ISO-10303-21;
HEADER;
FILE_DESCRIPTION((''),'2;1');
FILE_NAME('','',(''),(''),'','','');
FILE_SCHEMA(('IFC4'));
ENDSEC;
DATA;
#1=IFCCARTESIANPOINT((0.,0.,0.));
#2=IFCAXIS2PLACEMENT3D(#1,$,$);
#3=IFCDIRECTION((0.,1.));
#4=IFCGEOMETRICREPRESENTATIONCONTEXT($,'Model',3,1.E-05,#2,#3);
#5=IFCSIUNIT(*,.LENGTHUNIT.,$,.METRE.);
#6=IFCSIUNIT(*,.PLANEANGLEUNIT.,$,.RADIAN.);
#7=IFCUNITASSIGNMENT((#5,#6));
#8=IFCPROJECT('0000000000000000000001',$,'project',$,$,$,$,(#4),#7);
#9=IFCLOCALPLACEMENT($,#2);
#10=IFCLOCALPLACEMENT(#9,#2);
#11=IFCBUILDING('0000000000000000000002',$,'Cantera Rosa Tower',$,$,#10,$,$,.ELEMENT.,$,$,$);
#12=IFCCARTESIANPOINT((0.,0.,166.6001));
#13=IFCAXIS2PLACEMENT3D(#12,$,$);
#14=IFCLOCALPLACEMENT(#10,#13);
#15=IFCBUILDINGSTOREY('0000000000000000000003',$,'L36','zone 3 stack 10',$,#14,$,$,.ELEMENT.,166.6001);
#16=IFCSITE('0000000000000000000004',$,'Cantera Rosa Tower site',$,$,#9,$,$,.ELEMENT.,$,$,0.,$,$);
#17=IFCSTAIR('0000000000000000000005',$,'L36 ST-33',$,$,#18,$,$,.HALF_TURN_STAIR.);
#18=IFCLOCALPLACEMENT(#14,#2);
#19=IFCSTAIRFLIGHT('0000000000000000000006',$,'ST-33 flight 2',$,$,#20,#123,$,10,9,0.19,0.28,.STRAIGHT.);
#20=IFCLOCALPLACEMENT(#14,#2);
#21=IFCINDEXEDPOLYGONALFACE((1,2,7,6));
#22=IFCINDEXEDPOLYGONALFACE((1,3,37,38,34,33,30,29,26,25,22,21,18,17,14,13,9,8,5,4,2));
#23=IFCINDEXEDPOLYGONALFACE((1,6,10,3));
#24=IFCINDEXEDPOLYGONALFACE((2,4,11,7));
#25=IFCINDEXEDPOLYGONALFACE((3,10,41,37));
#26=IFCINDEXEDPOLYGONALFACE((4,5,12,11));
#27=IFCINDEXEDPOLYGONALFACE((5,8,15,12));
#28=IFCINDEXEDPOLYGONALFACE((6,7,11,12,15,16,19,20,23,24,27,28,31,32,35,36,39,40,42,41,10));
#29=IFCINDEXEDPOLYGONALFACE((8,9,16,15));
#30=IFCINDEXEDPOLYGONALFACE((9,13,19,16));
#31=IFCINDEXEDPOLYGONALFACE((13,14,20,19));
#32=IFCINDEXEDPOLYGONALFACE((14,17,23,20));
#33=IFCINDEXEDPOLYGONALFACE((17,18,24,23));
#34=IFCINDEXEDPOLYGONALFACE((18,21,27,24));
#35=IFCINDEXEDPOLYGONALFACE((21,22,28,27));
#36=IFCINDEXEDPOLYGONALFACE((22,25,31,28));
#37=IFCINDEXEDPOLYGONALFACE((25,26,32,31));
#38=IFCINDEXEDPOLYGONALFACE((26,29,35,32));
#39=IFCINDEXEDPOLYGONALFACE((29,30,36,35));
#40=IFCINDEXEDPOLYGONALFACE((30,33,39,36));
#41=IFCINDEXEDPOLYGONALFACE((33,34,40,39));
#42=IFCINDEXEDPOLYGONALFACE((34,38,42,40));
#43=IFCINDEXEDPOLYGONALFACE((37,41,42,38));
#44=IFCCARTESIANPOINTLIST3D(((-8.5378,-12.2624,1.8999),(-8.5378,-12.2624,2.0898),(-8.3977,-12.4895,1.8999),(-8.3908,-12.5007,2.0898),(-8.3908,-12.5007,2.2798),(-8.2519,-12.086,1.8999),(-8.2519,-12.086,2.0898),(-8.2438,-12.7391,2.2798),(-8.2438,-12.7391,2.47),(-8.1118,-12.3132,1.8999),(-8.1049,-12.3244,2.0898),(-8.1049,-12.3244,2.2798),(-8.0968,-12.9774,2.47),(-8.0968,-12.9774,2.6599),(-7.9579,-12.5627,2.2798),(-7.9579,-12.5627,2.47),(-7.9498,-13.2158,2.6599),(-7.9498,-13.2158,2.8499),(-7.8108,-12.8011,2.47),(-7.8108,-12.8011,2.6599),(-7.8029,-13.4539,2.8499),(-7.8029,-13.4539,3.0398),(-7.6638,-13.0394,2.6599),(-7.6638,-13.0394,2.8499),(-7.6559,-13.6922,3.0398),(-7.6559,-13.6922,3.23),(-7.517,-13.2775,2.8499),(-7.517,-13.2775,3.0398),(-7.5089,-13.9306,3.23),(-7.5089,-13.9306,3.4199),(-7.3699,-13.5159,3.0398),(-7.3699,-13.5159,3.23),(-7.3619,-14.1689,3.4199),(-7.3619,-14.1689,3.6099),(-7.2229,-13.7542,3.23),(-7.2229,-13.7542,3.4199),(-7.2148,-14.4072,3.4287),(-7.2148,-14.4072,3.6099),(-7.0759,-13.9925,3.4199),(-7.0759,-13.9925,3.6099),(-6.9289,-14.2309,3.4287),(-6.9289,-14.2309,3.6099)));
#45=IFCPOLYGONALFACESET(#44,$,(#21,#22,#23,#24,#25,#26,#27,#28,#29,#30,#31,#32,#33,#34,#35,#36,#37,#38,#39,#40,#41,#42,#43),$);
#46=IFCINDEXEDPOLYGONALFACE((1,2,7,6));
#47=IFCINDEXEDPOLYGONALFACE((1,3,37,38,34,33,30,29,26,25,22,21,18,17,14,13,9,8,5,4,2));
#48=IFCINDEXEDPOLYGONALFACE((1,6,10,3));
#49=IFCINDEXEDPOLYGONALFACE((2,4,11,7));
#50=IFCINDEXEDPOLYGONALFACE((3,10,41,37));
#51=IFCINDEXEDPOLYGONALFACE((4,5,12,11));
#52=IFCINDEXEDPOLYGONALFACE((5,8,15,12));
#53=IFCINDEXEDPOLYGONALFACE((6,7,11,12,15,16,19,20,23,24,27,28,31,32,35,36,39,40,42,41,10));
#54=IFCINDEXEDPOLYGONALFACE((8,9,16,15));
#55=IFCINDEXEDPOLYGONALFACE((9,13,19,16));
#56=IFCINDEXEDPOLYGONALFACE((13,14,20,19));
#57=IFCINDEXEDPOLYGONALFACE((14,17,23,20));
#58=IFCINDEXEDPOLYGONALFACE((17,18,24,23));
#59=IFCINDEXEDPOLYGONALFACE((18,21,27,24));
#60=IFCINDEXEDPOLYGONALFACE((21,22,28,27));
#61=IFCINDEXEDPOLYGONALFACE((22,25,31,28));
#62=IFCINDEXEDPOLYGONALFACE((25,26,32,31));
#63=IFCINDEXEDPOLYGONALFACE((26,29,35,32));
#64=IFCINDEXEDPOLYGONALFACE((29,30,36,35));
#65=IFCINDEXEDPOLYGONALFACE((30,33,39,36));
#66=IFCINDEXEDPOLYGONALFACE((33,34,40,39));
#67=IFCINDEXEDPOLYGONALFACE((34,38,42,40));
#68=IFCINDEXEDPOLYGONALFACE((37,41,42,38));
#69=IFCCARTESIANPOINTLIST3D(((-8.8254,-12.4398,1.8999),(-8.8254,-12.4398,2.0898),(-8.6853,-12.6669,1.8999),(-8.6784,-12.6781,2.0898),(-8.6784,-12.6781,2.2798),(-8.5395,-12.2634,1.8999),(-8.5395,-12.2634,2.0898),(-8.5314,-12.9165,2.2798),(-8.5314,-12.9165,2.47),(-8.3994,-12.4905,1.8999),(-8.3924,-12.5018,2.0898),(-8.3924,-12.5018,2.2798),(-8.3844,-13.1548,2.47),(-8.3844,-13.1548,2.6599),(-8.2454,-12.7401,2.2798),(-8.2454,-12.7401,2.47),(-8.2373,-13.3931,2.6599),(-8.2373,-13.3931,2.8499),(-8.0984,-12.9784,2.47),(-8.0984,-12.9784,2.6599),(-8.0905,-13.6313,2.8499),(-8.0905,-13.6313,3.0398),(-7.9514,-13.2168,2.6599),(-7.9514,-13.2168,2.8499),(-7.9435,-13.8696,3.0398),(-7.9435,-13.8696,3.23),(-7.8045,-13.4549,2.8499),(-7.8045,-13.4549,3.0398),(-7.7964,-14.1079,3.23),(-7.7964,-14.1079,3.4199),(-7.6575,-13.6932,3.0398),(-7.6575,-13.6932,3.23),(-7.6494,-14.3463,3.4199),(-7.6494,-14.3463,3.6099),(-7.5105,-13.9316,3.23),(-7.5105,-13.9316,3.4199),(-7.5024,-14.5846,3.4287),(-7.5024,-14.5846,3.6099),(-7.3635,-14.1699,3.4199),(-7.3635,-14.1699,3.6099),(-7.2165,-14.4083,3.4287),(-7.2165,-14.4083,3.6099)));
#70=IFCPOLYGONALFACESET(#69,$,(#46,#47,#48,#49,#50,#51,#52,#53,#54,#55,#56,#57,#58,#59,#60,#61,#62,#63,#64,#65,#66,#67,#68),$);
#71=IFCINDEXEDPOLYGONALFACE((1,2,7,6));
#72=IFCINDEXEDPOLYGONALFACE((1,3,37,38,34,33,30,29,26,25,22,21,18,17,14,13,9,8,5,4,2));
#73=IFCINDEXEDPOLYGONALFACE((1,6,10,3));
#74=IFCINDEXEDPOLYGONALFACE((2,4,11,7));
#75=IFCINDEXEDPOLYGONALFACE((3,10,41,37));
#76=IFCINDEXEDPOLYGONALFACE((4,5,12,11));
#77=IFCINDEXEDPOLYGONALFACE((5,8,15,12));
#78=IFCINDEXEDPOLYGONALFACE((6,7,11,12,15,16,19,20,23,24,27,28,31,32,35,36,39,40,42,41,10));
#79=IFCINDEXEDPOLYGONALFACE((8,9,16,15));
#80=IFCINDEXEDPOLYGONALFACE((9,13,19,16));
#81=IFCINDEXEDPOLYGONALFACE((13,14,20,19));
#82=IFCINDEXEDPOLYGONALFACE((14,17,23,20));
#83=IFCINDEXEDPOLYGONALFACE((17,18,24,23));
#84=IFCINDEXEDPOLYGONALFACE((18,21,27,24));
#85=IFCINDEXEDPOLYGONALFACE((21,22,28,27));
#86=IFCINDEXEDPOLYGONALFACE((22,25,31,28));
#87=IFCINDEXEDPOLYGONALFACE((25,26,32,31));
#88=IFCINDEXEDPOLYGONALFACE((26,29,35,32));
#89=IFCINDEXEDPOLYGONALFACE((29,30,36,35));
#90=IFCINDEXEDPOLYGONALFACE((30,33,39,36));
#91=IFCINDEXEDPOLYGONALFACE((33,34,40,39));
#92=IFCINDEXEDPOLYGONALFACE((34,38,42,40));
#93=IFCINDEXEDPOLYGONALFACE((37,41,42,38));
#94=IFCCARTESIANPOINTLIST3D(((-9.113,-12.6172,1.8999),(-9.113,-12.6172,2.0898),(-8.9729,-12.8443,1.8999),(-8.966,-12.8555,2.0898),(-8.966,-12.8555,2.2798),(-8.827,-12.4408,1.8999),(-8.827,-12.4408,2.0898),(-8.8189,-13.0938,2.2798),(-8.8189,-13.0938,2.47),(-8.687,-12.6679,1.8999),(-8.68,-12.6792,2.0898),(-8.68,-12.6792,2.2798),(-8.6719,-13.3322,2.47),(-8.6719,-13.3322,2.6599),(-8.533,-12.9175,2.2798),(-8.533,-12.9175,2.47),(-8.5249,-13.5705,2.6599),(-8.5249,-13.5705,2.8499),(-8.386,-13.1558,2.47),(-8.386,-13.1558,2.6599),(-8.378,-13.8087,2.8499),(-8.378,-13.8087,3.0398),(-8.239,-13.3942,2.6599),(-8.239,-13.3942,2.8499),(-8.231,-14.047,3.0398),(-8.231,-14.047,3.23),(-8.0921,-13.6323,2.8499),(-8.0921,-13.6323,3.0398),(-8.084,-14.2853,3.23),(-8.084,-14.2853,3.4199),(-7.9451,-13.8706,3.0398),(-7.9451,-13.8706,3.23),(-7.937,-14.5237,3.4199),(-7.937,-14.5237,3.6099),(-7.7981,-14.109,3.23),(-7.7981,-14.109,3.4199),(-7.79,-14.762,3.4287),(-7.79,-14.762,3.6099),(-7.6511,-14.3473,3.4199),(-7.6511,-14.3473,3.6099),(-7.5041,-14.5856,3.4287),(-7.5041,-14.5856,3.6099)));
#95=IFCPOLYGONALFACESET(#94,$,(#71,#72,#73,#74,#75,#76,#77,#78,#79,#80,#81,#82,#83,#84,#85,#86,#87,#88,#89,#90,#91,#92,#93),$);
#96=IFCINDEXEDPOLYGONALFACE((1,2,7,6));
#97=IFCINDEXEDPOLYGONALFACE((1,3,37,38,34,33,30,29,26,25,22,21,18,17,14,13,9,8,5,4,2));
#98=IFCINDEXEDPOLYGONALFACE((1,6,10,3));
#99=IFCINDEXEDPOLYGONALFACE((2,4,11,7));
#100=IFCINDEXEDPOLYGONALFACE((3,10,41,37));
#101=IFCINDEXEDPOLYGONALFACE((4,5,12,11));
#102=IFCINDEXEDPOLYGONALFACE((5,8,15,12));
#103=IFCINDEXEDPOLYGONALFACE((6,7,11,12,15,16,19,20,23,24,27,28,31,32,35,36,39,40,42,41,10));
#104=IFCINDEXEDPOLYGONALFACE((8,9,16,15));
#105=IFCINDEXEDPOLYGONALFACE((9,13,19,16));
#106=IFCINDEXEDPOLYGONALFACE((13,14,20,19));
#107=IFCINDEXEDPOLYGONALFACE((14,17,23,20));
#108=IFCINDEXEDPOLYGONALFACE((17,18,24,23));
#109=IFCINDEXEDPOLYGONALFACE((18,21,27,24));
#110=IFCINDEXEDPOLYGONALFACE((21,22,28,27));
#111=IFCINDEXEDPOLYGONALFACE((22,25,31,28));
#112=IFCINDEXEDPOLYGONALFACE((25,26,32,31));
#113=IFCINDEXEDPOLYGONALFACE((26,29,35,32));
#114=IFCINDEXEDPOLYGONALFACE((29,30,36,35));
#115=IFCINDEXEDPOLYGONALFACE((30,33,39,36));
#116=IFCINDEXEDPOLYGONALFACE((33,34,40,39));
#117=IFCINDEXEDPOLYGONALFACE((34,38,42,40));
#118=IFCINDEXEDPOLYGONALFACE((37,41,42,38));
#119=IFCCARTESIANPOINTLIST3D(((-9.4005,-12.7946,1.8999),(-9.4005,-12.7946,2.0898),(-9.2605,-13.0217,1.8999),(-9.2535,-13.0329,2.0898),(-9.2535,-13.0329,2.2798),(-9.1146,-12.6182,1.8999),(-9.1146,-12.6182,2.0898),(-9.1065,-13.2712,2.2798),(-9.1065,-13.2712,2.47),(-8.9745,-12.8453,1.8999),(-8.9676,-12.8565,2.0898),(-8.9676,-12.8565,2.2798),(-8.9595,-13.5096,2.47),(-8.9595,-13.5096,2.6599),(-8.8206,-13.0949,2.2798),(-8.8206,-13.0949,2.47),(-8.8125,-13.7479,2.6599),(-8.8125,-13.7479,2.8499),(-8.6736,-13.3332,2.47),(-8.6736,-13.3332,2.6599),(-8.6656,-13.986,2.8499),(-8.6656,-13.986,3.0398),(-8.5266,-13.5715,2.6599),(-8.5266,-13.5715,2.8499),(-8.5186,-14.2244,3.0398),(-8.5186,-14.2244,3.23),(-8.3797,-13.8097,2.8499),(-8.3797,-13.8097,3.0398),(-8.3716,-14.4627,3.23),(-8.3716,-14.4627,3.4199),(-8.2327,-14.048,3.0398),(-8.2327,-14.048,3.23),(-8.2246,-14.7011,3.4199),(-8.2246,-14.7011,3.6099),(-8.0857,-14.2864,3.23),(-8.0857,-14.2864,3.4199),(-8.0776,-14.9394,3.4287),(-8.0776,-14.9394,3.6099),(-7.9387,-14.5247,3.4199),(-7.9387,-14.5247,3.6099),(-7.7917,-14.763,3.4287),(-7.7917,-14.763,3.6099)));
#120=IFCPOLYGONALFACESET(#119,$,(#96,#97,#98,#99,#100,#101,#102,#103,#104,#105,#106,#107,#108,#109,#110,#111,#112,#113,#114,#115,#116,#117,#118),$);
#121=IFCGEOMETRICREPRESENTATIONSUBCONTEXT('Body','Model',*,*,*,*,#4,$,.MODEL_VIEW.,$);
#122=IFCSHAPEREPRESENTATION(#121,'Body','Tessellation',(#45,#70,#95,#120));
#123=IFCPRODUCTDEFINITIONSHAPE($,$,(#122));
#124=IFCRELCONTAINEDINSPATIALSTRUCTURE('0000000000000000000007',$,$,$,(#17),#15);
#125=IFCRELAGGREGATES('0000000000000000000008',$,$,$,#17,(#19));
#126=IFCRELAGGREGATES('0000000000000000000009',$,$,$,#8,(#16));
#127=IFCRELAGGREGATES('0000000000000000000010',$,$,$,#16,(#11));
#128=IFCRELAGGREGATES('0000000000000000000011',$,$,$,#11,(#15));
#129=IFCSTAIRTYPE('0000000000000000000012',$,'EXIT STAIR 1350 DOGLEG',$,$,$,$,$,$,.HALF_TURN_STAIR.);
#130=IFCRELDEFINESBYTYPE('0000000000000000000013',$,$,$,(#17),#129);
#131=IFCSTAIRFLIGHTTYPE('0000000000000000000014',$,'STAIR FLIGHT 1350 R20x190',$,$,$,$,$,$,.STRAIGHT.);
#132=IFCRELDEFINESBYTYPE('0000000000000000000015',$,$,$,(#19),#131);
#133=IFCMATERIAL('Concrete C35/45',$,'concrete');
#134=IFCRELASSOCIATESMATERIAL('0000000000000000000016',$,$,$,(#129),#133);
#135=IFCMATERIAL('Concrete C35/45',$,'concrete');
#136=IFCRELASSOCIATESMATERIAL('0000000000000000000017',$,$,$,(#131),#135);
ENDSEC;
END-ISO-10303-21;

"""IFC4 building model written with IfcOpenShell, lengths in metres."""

from ifc_helpers import new_model, si_unit, direction, frame, origin, place, context, subcontext, project, spatial, polyline, outline, extrude, material, type_object, element, aggregate, save


model = new_model("IFC4")

# Units and contexts
model_context = context("Model", 3, precision=1e-05, world=origin(), true_north=direction((0.0, 1.0)))
body_context = subcontext(model_context, "Body", "Model", "MODEL_VIEW")
ifc_project = project(units=[si_unit("LENGTHUNIT", "METRE"), si_unit("PLANEANGLEUNIT", "RADIAN")], contexts=[model_context])

# Site, building, storey
site_placement = place(None, origin())
site = spatial("IfcSite", under=ifc_project, at=site_placement, Name="Cantera Rosa Tower site", CompositionType="ELEMENT", RefElevation=0.0)
building_placement = place(site_placement, origin())
building = spatial("IfcBuilding", under=site, at=building_placement, Name="Cantera Rosa Tower", CompositionType="ELEMENT")
storey_placement = place(building_placement, frame((0.0, 0.0, 166.6001)))
storey = spatial("IfcBuildingStorey", under=building, at=storey_placement, Name="L36", Description="zone 3 stack 10", CompositionType="ELEMENT", Elevation=166.6001)

# Stair, stair flight
ifc_material_1 = material(Name="Concrete C35/45", Category="concrete")
stair_type = type_object("IfcStairType", Name="EXIT STAIR 1350 DOGLEG", PredefinedType="HALF_TURN_STAIR", material=ifc_material_1)
stair_placement = place(storey_placement, origin())
stair = element("IfcStair", 1, at=stair_placement, inside=storey, type_object=stair_type, Name="L36 ST-33", PredefinedType="HALF_TURN_STAIR")
ifc_material_2 = material(Name="Concrete C35/45", Category="concrete")
stair_flight_type = type_object("IfcStairFlightType", Name="STAIR FLIGHT 1350 R20x190", PredefinedType="STRAIGHT", material=ifc_material_2)
stair_flight_1_placement = place(storey_placement, frame((-8.8264, -12.4404, 1.8999), z_axis=(0.0, 0.0, 1.0), x_axis=(0.524977, -0.851117, 0.0)))
stair_flight_1 = element("IfcStairFlight", 2, at=stair_flight_1_placement, type_object=stair_flight_type, Name="ST-33 flight 2", NumberOfRisers=10, NumberOfTreads=9, PredefinedType="STRAIGHT", RiserHeight=0.19, TreadLength=0.28, context=body_context, shape_type="SweptSolid", body=[
    extrude(outline(polyline([(0.0, 0.0), (0.0, 0.1899), (0.28, 0.1899), (0.28, 0.3799), (0.5601, 0.3799), (0.5601, 0.5701), (0.8401, 0.5701), (0.8401, 0.76), (1.1201, 0.76), (1.1201, 0.95), (1.3999, 0.95), (1.3999, 1.1399), (1.6799, 1.1399), (1.6799, 1.3301), (1.96, 1.3301), (1.96, 1.52), (2.24, 1.52), (2.24, 1.71), (2.52, 1.71), (2.52, 1.8999), (2.52, 1.5288), (0.2668, 0.0), (0.0, 0.0)])), frame((0.0, 0.675, 0.0), z_axis=(0.0, -1.0, 0.0), x_axis=(1.0, 0.0, 0.0)), (0.0, 0.0, 1.0), 0.3359),
    extrude(outline(polyline([(0.0, 0.0), (0.0, 0.1899), (0.28, 0.1899), (0.28, 0.3799), (0.5601, 0.3799), (0.5601, 0.5701), (0.8401, 0.5701), (0.8401, 0.76), (1.1201, 0.76), (1.1201, 0.95), (1.3999, 0.95), (1.3999, 1.1399), (1.6799, 1.1399), (1.6799, 1.3301), (1.96, 1.3301), (1.96, 1.52), (2.24, 1.52), (2.24, 1.71), (2.52, 1.71), (2.52, 1.8999), (2.52, 1.5288), (0.2668, 0.0), (0.0, 0.0)])), frame((0.0, 0.3372, 0.0), z_axis=(0.0, -1.0, 0.0), x_axis=(1.0, 0.0, 0.0)), (0.0, 0.0, 1.0), 0.3359),
    extrude(outline(polyline([(0.0, 0.0), (0.0, 0.1899), (0.28, 0.1899), (0.28, 0.3799), (0.5601, 0.3799), (0.5601, 0.5701), (0.8401, 0.5701), (0.8401, 0.76), (1.1201, 0.76), (1.1201, 0.95), (1.3999, 0.95), (1.3999, 1.1399), (1.6799, 1.1399), (1.6799, 1.3301), (1.96, 1.3301), (1.96, 1.52), (2.24, 1.52), (2.24, 1.71), (2.52, 1.71), (2.52, 1.8999), (2.52, 1.5288), (0.2668, 0.0), (0.0, 0.0)])), frame((0.0, -0.0007, 0.0), z_axis=(0.0, -1.0, 0.0), x_axis=(1.0, 0.0, 0.0)), (0.0, 0.0, 1.0), 0.3359),
    extrude(outline(polyline([(0.0, 0.0), (0.0, 0.1899), (0.28, 0.1899), (0.28, 0.3799), (0.5601, 0.3799), (0.5601, 0.5701), (0.8401, 0.5701), (0.8401, 0.76), (1.1201, 0.76), (1.1201, 0.95), (1.3999, 0.95), (1.3999, 1.1399), (1.6799, 1.1399), (1.6799, 1.3301), (1.96, 1.3301), (1.96, 1.52), (2.24, 1.52), (2.24, 1.71), (2.52, 1.71), (2.52, 1.8999), (2.52, 1.5288), (0.2668, 0.0), (0.0, 0.0)])), frame((0.0, -0.3386, 0.0), z_axis=(0.0, -1.0, 0.0), x_axis=(1.0, 0.0, 0.0)), (0.0, 0.0, 1.0), 0.3359),
])
aggregate(stair, [stair_flight_1])

save(model, "model.ifc")
